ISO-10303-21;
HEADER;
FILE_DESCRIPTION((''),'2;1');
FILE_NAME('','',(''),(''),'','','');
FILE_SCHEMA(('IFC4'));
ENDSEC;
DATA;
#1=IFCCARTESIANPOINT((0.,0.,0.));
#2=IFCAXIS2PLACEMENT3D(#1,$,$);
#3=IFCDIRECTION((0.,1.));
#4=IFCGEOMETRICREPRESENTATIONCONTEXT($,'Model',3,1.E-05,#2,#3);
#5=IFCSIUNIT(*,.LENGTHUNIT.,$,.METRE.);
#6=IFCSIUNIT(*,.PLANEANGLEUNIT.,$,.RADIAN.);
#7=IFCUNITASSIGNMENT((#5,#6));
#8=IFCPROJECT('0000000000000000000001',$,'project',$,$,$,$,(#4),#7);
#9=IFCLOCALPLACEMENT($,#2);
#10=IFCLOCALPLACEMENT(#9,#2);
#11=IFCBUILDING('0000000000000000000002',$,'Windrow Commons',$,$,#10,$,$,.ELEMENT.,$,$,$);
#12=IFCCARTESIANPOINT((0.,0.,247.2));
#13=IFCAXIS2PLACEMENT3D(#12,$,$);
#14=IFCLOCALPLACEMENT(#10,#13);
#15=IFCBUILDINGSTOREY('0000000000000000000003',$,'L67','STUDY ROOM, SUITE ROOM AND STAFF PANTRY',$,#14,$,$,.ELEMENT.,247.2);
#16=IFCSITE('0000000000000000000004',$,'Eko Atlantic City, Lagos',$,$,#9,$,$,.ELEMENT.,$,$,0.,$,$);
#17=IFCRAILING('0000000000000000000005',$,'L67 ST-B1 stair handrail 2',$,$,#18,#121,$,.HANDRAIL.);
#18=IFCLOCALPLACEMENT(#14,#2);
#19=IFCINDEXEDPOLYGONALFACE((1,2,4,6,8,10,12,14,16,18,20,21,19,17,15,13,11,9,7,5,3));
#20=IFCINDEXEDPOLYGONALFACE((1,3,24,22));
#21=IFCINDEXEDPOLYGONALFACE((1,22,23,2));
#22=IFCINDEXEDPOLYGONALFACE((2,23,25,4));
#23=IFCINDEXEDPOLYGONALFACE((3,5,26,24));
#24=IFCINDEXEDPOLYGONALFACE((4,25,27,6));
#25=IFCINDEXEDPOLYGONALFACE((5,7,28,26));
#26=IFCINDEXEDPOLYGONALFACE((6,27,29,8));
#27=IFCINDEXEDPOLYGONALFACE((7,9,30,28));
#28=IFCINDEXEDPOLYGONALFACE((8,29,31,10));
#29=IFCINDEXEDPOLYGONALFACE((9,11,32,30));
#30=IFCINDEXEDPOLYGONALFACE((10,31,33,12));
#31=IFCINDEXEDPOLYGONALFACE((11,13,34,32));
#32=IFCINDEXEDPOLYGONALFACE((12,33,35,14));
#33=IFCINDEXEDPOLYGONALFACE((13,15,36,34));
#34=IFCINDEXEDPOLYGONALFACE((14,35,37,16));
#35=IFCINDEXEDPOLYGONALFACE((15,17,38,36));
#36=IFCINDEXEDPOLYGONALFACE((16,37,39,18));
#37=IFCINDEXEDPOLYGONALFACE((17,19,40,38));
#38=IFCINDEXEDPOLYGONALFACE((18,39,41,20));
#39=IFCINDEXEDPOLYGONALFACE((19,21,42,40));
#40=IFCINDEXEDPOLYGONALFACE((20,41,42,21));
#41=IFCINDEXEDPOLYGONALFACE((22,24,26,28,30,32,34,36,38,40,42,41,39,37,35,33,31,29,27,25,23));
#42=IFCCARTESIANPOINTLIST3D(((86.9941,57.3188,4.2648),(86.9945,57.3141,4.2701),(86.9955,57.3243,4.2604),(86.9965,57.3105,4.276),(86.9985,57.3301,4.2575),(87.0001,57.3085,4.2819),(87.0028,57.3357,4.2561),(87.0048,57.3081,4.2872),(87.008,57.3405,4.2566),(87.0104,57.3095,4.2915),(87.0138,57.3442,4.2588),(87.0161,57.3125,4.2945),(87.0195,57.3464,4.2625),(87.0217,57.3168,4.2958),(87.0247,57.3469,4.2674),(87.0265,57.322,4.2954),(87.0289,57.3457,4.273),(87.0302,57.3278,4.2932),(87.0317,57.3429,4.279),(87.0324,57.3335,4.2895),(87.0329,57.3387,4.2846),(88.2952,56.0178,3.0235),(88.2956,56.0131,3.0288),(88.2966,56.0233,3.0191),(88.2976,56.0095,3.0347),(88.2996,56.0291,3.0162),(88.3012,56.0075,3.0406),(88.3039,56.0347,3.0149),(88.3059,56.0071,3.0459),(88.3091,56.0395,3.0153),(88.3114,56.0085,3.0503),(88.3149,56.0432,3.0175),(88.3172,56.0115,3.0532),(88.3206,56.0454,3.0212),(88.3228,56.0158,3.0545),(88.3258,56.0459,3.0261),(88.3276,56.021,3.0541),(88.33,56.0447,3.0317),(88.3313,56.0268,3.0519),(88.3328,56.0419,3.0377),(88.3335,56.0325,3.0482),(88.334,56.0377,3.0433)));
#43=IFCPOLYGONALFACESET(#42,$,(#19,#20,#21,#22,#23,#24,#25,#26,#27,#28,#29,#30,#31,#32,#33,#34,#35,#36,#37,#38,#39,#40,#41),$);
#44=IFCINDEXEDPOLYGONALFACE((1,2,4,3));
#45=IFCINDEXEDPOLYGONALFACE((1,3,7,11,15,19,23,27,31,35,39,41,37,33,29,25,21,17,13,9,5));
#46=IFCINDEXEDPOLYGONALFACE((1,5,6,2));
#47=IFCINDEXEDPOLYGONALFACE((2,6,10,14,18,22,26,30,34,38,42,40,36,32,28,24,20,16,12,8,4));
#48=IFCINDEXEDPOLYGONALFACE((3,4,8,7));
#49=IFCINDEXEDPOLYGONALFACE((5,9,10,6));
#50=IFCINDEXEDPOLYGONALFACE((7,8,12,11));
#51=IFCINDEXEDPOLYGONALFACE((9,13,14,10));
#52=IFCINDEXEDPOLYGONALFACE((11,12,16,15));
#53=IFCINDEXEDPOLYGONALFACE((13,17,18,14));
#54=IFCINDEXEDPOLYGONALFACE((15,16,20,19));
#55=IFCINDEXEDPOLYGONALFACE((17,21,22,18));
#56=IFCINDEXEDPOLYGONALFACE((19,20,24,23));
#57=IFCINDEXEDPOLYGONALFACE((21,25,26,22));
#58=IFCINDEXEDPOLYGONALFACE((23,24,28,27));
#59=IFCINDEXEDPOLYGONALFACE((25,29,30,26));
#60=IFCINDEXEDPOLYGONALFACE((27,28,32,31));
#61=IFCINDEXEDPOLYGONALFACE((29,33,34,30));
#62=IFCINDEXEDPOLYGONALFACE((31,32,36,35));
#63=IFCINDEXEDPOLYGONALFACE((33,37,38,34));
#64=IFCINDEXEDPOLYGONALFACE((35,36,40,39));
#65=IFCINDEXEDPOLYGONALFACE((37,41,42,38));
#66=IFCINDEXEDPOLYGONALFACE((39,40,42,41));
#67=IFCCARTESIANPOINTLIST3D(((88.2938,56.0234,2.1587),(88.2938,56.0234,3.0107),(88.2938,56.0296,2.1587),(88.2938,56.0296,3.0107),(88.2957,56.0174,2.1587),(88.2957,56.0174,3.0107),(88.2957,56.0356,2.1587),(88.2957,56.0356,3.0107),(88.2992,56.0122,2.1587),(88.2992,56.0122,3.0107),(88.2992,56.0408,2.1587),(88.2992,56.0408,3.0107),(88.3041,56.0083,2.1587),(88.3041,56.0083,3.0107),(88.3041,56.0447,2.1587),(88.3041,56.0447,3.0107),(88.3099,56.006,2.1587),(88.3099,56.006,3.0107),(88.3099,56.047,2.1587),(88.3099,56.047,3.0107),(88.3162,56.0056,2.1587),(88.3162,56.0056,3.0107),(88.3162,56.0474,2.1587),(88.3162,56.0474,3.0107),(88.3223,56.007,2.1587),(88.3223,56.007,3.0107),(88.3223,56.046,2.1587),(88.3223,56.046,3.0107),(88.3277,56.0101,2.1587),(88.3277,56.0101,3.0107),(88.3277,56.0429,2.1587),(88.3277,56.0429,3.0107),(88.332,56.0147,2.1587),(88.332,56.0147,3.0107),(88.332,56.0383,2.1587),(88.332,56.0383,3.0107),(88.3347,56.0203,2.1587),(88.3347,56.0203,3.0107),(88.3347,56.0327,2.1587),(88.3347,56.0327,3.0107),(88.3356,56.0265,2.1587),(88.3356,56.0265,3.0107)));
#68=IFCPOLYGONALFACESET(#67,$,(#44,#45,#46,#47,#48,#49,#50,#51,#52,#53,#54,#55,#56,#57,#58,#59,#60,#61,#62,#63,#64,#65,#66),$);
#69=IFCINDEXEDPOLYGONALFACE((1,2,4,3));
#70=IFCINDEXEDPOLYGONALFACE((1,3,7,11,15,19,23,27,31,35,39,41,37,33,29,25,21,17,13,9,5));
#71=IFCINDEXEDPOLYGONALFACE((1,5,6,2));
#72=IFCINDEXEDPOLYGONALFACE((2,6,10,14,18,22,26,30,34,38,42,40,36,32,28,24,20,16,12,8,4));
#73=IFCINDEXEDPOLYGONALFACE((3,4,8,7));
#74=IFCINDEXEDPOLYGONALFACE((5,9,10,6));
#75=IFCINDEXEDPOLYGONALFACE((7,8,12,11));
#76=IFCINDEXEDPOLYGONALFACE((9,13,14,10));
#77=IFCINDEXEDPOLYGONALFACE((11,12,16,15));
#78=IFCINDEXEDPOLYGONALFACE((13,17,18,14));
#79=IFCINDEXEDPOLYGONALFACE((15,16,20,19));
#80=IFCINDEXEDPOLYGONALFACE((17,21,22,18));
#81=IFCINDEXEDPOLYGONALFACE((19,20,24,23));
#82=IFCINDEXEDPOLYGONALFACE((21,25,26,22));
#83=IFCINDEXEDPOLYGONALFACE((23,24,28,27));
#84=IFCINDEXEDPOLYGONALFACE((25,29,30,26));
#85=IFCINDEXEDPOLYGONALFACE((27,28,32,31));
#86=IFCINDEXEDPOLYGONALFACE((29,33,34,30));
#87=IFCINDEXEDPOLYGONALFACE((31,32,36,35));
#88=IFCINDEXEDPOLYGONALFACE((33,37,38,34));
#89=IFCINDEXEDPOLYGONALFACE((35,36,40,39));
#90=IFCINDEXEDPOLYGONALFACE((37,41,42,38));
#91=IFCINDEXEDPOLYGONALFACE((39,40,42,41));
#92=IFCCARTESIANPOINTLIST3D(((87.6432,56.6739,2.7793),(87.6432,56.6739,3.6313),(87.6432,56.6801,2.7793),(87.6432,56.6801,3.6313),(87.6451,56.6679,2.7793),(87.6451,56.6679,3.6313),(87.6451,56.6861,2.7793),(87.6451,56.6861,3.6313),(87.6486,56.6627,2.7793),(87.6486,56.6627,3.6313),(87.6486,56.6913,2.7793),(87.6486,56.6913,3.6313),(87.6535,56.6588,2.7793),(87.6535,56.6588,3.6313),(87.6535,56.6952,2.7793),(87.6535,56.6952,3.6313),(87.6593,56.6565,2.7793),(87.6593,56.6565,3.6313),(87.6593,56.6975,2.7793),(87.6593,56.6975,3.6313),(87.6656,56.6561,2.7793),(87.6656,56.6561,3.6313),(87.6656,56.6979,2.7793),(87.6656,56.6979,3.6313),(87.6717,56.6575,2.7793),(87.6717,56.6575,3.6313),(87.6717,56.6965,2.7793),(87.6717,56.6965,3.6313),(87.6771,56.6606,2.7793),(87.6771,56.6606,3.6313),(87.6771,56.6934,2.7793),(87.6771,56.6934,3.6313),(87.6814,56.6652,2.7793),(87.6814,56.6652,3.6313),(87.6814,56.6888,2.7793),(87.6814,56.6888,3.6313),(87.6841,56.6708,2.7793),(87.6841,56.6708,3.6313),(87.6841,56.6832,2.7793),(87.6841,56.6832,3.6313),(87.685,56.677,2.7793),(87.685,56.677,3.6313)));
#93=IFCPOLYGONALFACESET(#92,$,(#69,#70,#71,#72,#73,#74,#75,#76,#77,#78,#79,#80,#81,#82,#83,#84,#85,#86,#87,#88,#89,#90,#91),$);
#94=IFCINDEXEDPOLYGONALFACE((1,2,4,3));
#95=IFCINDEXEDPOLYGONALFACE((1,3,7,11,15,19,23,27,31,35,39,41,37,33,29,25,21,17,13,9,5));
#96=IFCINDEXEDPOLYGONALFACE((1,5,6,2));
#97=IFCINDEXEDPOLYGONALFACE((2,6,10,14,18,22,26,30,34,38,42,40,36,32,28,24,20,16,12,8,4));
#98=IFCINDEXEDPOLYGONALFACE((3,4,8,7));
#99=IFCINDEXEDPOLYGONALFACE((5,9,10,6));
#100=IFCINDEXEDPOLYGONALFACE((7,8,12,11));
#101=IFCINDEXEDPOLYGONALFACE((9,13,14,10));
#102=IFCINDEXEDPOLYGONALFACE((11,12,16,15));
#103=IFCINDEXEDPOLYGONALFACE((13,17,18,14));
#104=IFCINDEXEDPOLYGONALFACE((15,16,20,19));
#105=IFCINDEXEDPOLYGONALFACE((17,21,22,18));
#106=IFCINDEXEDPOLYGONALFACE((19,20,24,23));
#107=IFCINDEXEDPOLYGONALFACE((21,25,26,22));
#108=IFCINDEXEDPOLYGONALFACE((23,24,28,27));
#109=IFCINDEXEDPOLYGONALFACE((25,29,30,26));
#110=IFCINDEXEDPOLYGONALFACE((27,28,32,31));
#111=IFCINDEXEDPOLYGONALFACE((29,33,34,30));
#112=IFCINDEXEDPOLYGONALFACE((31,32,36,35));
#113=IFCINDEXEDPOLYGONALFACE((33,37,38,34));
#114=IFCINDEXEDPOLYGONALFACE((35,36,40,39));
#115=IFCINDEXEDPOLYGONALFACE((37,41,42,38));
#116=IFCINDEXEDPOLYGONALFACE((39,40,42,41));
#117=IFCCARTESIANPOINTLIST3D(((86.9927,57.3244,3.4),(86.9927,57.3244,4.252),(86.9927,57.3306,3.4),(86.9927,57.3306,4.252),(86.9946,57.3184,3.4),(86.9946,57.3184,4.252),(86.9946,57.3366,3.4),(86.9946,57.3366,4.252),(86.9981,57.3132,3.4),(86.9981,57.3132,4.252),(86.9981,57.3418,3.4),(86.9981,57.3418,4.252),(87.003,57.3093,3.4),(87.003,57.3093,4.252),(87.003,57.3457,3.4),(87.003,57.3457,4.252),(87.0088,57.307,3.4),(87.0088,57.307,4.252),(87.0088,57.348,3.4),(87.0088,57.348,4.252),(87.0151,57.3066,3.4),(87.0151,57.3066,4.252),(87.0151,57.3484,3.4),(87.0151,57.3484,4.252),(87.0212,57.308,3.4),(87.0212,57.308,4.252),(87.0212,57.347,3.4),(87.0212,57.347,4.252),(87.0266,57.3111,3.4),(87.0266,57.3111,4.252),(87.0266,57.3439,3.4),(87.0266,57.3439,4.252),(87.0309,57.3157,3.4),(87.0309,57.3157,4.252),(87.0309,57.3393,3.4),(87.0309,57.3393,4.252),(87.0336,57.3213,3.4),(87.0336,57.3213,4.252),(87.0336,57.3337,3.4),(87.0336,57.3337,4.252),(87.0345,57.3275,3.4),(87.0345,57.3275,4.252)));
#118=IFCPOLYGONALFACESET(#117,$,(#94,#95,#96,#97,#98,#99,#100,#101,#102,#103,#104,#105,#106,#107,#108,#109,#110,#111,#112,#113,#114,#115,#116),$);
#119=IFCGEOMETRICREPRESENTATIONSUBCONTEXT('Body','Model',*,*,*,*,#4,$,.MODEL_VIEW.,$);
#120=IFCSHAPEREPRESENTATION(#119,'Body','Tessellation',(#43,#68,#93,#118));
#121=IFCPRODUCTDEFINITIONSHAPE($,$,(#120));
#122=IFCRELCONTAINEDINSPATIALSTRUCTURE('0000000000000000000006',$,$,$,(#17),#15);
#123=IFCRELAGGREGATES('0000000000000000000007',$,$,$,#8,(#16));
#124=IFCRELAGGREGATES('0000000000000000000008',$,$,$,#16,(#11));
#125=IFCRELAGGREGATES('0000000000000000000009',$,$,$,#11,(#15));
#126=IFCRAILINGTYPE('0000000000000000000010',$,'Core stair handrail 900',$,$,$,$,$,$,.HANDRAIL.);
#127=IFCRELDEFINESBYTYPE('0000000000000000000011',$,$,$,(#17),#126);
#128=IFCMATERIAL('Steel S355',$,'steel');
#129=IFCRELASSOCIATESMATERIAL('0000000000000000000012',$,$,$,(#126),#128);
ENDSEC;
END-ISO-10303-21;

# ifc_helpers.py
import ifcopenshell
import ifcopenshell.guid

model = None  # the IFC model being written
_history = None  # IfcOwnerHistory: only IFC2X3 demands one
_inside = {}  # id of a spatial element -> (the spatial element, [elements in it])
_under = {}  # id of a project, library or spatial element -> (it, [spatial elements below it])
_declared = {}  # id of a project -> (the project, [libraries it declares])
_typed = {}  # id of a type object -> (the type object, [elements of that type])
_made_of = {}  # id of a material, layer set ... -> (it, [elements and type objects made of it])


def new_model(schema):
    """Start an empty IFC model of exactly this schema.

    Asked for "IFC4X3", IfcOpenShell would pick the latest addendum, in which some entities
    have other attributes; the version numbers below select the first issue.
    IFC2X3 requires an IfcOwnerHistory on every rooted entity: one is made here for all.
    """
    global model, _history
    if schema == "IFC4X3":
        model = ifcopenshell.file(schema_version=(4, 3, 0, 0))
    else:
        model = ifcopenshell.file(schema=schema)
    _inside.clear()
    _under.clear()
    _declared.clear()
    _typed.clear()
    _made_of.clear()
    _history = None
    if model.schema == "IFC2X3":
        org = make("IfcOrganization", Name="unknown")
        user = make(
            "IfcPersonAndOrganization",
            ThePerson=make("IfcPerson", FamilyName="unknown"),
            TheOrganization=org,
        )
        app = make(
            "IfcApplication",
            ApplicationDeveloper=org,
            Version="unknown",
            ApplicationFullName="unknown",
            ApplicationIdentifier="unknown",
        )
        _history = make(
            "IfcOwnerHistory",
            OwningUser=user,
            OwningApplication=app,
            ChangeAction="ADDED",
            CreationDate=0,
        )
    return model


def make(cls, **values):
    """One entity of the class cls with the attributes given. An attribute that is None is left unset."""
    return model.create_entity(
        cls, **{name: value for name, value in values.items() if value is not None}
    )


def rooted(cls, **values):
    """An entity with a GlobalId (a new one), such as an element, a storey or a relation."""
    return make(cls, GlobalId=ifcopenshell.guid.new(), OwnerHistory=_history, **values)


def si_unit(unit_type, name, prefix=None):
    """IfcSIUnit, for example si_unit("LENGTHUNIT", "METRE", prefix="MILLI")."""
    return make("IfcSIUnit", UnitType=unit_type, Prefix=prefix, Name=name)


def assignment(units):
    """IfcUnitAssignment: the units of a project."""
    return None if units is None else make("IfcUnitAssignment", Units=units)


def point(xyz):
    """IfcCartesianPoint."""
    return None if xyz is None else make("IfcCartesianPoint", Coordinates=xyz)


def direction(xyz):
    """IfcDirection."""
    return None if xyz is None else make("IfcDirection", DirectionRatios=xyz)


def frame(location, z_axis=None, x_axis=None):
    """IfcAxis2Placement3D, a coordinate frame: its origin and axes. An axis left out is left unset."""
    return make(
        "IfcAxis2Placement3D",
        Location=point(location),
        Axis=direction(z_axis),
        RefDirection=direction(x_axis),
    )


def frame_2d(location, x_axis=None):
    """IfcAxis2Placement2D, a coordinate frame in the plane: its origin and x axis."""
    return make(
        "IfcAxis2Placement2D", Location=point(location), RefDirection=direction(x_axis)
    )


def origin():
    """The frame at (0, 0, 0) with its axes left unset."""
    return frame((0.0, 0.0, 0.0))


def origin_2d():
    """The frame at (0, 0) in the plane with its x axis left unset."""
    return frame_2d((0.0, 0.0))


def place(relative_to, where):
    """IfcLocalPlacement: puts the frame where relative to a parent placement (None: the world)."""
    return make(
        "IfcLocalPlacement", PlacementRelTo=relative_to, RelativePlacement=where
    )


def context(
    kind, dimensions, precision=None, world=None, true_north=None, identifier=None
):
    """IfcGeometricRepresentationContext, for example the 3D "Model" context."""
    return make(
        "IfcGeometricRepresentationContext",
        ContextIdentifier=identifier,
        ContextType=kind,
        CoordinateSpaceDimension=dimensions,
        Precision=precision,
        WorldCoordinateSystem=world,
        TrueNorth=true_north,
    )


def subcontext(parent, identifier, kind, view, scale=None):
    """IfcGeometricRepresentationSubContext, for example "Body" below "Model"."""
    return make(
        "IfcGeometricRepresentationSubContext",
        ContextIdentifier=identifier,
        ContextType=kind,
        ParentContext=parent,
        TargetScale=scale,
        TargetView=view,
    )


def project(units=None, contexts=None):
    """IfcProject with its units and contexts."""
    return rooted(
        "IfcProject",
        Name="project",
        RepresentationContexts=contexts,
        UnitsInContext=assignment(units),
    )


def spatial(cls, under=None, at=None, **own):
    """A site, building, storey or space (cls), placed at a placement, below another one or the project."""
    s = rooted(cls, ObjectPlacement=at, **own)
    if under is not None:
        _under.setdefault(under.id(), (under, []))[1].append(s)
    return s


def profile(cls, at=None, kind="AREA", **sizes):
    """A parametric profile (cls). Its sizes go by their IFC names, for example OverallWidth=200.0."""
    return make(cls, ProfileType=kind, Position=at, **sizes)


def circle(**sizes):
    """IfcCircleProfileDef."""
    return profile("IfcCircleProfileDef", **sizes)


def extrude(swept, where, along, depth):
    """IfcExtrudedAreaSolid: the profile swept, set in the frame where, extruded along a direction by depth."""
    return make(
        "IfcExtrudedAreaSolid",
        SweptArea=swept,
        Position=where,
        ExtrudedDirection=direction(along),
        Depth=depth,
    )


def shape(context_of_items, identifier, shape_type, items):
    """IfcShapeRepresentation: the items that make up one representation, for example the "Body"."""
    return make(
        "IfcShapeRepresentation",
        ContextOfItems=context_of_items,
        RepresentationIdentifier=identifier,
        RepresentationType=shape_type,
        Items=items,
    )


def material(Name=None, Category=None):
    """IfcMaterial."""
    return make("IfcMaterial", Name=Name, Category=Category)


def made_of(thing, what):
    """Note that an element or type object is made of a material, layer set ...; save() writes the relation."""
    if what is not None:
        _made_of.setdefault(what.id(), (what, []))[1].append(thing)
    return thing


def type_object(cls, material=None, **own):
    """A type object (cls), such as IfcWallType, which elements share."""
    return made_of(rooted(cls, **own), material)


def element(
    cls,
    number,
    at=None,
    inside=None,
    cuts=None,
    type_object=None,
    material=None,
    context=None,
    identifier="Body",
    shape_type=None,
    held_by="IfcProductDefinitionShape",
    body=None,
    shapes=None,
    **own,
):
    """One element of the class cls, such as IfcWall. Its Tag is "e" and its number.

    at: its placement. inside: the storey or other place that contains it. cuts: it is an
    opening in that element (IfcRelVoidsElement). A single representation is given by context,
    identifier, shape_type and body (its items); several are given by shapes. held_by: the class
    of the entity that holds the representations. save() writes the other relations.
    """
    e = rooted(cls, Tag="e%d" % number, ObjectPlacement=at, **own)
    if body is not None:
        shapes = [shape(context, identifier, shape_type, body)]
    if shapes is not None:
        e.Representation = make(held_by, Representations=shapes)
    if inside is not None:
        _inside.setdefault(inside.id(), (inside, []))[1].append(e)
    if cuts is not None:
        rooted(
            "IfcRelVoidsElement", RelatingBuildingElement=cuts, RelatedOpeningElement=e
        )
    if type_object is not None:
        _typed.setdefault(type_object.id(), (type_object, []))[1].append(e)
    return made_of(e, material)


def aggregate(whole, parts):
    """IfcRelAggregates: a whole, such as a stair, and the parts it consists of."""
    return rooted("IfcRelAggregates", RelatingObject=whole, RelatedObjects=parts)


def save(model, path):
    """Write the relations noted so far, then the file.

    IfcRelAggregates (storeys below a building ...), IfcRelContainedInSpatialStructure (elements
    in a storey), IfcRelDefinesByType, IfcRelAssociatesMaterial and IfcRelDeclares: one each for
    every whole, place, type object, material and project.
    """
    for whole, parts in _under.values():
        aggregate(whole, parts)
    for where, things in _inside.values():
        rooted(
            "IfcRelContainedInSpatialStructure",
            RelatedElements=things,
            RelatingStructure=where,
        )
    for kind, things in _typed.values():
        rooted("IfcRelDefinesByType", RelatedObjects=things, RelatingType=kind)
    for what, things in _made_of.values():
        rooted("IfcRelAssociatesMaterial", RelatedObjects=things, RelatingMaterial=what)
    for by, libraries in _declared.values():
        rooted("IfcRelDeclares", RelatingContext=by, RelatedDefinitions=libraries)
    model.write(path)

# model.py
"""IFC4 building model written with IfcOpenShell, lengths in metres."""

from ifc_helpers import new_model, si_unit, direction, frame, origin, origin_2d, place, context, subcontext, project, spatial, circle, extrude, material, type_object, element, save


model = new_model("IFC4")

# Units and contexts
model_context = context("Model", 3, precision=1e-05, world=origin(), true_north=direction((0.0, 1.0)))
body_context = subcontext(model_context, "Body", "Model", "MODEL_VIEW")
ifc_project = project(units=[si_unit("LENGTHUNIT", "METRE"), si_unit("PLANEANGLEUNIT", "RADIAN")], contexts=[model_context])

# Site, building, storey
site_placement = place(None, origin())
site = spatial("IfcSite", under=ifc_project, at=site_placement, Name="Eko Atlantic City, Lagos", CompositionType="ELEMENT", RefElevation=0.0)
building_placement = place(site_placement, origin())
building = spatial("IfcBuilding", under=site, at=building_placement, Name="Windrow Commons", CompositionType="ELEMENT")
storey_placement = place(building_placement, frame((0.0, 0.0, 247.2)))
storey = spatial("IfcBuildingStorey", under=building, at=storey_placement, Name="L67", Description="STUDY ROOM, SUITE ROOM AND STAFF PANTRY", CompositionType="ELEMENT", Elevation=247.2)

# Railing
ifc_material_1 = material(Name="Steel S355", Category="steel")
railing_type_1 = type_object("IfcRailingType", Name="Core stair handrail 900", PredefinedType="HANDRAIL", material=ifc_material_1)
railing_1_placement = place(storey_placement, frame((88.3146, 56.0265, 2.1587)))
element("IfcRailing", 1, at=railing_1_placement, inside=storey, type_object=railing_type_1, Name="L67 ST-B1 stair handrail 2", PredefinedType="HANDRAIL", context=body_context, shape_type="SweptSolid", body=[
    extrude(circle(Radius=0.024, at=origin_2d()), frame((0.0, 0.0, 0.876), z_axis=(-0.586207, 0.586162, 0.559264), x_axis=(-0.70708, -0.707134, 0.0)), (0.0, 0.0, 1.0), 2.2195),
    extrude(circle(Radius=0.021, at=origin_2d()), origin(), (0.0, 0.0, 1.0), 0.852),
    extrude(circle(Radius=0.021, at=origin_2d()), frame((-0.6506, 0.6505, 0.6206)), (0.0, 0.0, 1.0), 0.852),
    extrude(circle(Radius=0.021, at=origin_2d()), frame((-1.3011, 1.301, 1.2413)), (0.0, 0.0, 1.0), 0.852),
])

save(model, "model.ifc")
